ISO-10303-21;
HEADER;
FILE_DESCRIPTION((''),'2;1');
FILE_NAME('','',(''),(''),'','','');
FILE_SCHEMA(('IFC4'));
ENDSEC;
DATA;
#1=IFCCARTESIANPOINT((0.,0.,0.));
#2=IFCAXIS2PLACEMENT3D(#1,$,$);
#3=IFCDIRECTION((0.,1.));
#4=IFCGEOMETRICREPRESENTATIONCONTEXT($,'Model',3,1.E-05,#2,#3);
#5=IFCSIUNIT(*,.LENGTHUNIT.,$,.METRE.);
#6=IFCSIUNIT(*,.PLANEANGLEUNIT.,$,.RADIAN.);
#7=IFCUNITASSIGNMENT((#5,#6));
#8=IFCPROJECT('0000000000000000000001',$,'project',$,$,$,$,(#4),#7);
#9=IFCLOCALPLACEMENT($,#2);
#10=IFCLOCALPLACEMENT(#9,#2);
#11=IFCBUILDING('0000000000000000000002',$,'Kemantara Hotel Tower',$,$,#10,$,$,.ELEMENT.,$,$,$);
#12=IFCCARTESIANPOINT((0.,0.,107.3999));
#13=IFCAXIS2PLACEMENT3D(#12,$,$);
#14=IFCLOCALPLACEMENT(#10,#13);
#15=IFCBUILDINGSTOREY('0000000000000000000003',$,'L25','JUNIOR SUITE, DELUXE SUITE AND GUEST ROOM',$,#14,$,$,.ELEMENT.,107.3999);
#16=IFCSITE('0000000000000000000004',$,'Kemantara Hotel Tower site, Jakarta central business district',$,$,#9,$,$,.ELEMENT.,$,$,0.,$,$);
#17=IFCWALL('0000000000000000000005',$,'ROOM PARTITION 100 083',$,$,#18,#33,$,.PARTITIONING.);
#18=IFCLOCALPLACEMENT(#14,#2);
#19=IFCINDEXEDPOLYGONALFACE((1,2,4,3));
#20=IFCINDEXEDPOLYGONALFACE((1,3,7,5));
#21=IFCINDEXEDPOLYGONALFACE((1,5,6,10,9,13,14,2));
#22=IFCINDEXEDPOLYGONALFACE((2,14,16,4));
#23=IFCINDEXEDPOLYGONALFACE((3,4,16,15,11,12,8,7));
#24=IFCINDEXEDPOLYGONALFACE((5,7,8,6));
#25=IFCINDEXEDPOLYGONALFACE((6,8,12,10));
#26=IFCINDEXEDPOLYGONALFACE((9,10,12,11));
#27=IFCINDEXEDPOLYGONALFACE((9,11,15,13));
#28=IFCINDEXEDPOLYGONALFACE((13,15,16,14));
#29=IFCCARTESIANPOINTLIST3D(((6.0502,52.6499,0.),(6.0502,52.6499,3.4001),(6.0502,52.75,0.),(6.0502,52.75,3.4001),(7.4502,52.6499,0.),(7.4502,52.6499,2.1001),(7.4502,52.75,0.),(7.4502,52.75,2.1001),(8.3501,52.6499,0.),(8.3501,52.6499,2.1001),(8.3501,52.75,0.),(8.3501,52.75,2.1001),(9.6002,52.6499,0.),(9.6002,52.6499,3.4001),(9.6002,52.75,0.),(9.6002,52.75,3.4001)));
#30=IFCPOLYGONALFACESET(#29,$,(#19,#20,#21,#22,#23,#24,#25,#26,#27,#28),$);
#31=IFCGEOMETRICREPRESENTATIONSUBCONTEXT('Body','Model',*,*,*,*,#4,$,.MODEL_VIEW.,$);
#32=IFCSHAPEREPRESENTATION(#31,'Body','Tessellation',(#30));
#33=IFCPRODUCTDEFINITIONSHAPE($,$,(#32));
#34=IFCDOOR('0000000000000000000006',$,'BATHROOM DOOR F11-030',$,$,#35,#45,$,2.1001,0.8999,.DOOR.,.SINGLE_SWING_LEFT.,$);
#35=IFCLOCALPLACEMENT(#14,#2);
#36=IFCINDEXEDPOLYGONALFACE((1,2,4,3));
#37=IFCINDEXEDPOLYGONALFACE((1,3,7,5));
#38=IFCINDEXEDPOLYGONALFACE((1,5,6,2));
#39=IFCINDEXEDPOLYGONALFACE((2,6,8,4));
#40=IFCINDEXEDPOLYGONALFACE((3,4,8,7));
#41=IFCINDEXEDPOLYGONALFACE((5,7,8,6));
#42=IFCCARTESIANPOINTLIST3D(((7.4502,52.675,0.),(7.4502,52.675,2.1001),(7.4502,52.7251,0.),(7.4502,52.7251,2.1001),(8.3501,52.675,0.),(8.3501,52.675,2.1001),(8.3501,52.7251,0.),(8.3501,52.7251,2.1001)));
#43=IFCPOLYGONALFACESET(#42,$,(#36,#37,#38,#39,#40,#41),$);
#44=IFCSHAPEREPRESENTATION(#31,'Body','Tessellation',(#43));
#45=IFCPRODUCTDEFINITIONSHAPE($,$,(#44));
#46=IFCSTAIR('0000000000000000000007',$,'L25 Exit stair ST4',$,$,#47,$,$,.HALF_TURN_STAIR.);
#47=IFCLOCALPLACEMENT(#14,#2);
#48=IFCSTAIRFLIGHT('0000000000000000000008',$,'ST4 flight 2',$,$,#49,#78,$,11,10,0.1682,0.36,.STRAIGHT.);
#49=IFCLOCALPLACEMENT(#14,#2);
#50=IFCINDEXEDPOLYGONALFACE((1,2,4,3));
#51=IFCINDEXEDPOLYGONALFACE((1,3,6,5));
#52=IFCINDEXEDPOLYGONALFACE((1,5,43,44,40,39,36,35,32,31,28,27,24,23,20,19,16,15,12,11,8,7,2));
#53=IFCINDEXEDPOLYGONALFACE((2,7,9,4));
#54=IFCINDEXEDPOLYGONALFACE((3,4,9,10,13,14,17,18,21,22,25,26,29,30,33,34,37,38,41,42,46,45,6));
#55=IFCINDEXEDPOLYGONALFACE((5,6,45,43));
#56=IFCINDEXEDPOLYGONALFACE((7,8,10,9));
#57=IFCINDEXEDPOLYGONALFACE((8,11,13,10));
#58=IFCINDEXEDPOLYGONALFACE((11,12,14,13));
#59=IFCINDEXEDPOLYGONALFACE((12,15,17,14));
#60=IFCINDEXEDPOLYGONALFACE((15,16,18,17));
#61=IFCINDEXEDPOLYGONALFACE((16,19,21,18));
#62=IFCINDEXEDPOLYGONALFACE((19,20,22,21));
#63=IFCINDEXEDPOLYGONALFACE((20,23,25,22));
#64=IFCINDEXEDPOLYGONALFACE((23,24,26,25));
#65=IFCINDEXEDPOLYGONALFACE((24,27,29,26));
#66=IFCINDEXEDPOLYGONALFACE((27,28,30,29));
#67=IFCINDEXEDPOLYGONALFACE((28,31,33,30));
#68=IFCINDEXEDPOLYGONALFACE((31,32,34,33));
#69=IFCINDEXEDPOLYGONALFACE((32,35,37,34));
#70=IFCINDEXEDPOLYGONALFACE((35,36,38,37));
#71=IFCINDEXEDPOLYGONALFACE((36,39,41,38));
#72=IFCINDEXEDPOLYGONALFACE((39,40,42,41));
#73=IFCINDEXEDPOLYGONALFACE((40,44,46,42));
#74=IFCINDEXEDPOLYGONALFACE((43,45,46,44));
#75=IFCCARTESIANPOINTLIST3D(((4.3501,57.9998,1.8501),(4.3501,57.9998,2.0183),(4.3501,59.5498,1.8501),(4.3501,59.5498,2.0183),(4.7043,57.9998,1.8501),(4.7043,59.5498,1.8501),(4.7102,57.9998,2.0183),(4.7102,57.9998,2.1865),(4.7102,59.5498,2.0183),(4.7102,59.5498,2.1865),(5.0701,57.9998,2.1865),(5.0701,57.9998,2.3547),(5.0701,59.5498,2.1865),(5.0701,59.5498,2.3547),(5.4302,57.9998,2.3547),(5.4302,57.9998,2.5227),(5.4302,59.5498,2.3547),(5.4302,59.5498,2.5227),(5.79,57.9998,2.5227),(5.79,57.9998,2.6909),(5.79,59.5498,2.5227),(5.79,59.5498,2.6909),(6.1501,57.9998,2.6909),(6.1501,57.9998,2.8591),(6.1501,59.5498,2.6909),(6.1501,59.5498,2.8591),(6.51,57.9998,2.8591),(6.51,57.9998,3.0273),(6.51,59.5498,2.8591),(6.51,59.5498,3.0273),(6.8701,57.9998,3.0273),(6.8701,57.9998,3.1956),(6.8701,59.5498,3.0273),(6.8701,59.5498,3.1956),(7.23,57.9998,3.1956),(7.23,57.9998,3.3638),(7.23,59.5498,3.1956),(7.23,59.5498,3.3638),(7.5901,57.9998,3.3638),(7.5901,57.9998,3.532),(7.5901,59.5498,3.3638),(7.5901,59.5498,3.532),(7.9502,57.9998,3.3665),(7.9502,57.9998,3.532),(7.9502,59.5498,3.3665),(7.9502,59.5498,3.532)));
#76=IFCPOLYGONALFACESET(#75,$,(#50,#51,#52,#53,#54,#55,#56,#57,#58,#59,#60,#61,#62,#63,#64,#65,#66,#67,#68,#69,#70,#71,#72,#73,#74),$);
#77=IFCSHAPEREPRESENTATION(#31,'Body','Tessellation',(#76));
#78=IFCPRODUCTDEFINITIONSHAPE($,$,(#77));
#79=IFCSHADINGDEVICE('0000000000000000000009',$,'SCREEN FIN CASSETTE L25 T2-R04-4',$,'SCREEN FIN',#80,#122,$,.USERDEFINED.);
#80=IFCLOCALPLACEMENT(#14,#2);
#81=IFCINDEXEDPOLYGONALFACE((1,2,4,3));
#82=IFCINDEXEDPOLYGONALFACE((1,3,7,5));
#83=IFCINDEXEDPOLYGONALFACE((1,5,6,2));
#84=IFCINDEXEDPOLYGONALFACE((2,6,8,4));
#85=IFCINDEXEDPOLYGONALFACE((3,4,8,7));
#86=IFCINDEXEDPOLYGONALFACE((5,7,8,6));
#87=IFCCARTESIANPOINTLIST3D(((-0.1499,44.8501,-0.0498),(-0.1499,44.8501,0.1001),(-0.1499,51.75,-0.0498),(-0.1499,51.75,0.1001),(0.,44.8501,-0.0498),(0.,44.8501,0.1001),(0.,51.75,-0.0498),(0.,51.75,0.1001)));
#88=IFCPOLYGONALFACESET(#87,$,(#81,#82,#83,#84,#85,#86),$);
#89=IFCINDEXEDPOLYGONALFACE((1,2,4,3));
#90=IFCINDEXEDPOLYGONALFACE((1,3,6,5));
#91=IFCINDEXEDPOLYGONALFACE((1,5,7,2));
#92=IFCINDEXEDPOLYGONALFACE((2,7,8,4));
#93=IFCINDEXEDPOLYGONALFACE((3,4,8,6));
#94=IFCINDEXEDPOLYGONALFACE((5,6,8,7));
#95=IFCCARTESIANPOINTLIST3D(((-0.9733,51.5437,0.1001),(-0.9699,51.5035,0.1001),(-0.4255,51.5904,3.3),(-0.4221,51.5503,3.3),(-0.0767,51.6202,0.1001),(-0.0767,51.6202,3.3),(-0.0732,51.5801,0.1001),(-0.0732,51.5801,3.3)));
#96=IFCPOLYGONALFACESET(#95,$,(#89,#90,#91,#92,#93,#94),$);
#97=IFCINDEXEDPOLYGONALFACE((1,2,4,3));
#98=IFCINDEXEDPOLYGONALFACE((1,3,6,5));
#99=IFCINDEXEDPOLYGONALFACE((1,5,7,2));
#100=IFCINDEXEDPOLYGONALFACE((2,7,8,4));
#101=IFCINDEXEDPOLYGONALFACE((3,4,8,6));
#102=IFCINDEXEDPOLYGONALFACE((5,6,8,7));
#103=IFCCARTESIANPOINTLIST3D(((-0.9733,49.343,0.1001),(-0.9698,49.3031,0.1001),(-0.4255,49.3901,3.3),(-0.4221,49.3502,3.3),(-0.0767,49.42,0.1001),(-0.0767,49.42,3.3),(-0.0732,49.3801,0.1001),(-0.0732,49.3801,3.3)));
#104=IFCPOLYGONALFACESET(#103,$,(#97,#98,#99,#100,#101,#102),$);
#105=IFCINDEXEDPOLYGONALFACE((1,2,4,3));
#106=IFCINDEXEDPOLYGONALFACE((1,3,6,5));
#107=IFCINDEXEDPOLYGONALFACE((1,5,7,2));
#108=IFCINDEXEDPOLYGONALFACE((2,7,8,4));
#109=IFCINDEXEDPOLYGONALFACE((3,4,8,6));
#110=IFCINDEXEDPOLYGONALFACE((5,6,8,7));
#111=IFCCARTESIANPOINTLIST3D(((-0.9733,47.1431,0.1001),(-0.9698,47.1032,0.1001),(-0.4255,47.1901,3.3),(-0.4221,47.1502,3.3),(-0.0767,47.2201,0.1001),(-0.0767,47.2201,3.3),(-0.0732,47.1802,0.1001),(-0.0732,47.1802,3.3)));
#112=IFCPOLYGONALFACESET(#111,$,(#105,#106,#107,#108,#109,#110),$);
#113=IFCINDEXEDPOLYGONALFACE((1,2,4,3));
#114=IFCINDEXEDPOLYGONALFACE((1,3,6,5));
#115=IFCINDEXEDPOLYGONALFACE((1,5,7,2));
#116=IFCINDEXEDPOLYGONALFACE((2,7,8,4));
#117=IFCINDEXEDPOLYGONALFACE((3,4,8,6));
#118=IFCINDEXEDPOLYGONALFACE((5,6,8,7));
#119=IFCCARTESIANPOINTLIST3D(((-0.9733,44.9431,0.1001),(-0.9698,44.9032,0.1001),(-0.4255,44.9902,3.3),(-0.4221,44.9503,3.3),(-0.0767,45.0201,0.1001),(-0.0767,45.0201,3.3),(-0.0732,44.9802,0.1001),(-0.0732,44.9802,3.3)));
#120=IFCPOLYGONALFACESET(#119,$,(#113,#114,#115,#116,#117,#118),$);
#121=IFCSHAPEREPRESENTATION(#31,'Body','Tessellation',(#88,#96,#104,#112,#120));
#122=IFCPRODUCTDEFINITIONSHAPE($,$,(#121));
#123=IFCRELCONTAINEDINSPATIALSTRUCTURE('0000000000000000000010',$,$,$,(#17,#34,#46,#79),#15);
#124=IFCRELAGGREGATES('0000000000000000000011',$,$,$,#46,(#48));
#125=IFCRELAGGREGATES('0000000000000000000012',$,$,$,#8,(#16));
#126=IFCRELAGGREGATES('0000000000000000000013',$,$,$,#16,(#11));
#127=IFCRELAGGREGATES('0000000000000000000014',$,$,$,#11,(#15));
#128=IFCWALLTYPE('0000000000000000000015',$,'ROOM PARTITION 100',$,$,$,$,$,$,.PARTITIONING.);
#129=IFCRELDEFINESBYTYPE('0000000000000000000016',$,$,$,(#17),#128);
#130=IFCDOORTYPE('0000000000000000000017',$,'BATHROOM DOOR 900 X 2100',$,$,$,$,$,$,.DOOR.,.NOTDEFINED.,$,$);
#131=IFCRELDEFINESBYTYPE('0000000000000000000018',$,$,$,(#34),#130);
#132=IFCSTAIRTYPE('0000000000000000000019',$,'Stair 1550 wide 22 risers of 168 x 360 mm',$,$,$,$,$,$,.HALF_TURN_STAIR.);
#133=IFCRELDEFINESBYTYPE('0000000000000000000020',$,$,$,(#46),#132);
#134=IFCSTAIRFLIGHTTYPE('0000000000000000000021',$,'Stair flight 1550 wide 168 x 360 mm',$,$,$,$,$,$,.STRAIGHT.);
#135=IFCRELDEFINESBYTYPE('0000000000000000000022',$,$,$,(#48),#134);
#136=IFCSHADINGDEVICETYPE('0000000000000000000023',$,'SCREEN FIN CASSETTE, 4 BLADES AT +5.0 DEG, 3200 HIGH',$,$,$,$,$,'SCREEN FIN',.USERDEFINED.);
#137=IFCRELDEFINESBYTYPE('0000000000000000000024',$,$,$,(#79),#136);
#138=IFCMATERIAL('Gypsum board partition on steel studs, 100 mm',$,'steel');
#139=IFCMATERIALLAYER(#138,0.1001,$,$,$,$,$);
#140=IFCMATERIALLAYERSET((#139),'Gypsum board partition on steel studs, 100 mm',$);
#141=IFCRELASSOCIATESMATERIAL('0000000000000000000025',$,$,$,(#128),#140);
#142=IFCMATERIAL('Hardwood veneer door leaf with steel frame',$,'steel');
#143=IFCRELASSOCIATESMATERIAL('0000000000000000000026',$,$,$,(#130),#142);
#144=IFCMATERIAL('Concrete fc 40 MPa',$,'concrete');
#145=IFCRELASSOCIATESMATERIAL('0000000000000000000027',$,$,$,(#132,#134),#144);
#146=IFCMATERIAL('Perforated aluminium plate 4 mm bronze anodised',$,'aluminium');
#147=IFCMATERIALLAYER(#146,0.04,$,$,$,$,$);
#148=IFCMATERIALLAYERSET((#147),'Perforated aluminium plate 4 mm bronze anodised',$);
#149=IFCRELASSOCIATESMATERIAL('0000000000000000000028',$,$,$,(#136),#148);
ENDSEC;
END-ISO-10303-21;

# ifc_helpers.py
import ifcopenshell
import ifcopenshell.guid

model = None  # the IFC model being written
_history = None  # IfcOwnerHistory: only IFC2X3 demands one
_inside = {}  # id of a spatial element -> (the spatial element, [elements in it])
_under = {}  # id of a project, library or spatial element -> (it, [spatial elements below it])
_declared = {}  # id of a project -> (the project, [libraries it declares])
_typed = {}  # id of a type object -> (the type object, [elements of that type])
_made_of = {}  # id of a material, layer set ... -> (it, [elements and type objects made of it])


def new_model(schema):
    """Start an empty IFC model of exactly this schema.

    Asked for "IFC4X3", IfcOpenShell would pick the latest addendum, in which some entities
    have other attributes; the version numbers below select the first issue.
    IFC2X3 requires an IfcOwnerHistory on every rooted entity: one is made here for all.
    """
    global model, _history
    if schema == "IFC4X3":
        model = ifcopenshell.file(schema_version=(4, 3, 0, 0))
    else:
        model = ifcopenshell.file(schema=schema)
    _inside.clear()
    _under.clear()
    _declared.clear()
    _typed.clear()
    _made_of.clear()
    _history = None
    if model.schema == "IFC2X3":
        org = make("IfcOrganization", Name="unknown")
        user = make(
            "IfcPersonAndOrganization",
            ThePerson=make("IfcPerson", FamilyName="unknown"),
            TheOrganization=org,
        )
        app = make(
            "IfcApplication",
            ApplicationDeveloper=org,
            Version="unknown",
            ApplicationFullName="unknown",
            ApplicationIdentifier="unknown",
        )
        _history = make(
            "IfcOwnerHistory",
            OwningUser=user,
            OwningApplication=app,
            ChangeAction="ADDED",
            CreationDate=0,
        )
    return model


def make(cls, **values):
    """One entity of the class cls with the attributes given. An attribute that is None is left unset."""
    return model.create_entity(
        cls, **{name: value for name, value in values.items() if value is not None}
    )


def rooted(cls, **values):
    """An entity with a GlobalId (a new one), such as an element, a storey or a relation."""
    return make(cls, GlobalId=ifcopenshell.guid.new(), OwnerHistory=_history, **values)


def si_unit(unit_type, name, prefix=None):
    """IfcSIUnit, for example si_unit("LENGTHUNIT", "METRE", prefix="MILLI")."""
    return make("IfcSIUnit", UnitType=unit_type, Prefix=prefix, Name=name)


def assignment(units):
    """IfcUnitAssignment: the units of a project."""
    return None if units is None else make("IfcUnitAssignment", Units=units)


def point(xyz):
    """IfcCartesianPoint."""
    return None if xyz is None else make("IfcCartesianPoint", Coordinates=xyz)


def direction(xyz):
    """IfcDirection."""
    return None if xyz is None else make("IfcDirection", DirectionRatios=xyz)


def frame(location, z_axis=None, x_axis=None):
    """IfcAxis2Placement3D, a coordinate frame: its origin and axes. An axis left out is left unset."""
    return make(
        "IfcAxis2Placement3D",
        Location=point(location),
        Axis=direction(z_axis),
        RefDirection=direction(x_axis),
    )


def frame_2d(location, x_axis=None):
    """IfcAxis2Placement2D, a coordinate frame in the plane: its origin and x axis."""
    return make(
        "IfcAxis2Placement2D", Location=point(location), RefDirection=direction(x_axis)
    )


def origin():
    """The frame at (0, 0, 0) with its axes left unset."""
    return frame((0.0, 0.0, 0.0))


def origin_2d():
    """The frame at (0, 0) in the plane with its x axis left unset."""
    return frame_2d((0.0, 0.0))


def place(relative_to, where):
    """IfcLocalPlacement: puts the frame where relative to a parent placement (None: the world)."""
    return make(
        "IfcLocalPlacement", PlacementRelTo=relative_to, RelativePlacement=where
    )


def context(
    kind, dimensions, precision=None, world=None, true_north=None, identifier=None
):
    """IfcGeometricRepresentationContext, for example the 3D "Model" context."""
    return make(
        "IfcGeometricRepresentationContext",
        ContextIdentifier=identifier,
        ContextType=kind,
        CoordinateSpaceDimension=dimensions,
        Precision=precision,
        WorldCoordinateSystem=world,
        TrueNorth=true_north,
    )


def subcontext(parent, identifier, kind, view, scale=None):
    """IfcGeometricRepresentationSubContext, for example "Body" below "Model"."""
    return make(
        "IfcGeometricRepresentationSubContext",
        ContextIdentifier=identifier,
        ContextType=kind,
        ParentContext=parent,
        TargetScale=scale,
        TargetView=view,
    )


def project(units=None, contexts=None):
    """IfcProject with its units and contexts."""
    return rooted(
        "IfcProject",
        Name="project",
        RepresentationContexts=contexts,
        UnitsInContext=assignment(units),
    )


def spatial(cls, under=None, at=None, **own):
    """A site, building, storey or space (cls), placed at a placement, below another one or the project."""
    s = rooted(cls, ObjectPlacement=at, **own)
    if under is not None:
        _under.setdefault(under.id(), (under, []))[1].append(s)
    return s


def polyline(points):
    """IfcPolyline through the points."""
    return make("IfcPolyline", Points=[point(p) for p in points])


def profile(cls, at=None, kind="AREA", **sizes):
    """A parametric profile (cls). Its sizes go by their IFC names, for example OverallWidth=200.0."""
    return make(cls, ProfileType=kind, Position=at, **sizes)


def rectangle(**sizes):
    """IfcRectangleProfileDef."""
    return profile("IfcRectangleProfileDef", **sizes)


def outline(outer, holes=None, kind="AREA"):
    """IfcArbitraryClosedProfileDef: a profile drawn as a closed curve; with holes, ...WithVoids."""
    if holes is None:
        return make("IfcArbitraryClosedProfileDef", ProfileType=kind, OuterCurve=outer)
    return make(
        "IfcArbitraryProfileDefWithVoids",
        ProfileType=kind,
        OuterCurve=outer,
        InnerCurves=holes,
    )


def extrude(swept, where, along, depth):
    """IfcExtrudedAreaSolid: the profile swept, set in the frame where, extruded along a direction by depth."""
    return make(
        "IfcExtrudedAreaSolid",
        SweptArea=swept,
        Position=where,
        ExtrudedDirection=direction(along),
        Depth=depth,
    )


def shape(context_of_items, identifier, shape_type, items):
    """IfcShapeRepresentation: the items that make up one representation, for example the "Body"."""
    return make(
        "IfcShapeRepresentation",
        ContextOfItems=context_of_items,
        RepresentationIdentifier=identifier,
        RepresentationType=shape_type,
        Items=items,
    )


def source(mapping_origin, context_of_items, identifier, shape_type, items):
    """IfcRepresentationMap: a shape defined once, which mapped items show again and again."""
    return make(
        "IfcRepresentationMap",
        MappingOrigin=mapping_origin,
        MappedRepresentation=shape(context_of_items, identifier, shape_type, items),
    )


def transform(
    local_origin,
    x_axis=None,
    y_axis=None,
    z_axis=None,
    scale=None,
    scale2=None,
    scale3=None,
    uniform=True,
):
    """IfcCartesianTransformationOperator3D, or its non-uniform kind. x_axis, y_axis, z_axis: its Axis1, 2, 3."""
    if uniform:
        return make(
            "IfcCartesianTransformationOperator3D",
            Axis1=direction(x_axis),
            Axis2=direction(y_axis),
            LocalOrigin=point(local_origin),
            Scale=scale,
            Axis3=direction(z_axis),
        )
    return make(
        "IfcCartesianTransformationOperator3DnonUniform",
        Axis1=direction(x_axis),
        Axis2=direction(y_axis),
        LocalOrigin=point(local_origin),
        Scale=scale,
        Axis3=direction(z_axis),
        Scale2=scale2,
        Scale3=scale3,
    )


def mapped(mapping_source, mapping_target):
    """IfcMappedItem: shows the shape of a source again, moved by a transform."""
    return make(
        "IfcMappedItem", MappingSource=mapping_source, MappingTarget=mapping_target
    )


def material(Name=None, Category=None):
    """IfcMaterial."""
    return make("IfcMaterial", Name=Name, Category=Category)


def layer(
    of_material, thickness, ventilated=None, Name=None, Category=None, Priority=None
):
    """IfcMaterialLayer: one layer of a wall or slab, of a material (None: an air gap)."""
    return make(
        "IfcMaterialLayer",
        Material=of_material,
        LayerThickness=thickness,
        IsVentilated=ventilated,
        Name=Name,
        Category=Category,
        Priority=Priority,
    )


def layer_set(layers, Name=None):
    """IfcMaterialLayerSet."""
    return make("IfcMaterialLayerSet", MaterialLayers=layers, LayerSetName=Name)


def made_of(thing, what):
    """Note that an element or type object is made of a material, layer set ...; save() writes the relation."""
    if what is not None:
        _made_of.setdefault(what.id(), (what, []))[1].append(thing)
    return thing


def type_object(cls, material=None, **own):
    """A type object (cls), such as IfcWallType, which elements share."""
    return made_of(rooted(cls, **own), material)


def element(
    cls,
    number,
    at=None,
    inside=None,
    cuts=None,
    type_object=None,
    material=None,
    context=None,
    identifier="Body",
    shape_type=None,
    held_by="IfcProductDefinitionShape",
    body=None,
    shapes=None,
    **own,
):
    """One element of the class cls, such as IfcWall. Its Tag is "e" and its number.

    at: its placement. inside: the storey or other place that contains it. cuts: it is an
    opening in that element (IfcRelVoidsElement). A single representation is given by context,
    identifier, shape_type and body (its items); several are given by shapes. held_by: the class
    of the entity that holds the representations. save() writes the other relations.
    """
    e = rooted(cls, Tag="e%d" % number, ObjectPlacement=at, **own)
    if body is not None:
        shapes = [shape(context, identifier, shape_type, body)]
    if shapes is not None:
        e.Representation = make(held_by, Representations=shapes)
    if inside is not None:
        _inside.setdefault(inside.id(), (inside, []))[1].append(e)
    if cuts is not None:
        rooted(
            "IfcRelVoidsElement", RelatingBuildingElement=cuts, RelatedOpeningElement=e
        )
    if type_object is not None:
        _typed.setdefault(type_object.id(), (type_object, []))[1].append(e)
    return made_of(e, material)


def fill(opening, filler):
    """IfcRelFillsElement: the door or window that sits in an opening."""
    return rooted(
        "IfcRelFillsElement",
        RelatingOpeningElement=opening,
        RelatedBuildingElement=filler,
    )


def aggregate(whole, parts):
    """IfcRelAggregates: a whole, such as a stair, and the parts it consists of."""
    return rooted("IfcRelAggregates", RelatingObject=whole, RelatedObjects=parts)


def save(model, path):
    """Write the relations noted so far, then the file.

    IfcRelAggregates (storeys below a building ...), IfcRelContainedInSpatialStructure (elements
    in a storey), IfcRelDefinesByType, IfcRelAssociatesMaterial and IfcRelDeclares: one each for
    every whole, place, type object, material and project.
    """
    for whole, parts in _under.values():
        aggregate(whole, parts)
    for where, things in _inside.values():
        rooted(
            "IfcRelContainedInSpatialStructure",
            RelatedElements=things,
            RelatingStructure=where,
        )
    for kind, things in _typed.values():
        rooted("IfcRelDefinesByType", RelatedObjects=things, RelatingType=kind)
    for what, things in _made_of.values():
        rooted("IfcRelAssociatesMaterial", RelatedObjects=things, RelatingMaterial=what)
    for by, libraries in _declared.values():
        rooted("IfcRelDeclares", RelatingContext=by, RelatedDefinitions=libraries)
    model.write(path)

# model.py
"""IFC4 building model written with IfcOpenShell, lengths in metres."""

from ifc_helpers import new_model, si_unit, direction, frame, frame_2d, origin, origin_2d, place, context, subcontext, project, spatial, polyline, rectangle, outline, extrude, source, transform, mapped, material, layer, layer_set, type_object, element, fill, aggregate, save


model = new_model("IFC4")

# Units and contexts
model_context = context("Model", 3, precision=1e-05, world=origin(), true_north=direction((0.0, 1.0)))
body_context = subcontext(model_context, "Body", "Model", "MODEL_VIEW")
ifc_project = project(units=[si_unit("LENGTHUNIT", "METRE"), si_unit("PLANEANGLEUNIT", "RADIAN")], contexts=[model_context])

# Site, building, storey
site_placement = place(None, origin())
site = spatial("IfcSite", under=ifc_project, at=site_placement, Name="Kemantara Hotel Tower site, Jakarta central business district", CompositionType="ELEMENT", RefElevation=0.0)
building_placement = place(site_placement, origin())
building = spatial("IfcBuilding", under=site, at=building_placement, Name="Kemantara Hotel Tower", CompositionType="ELEMENT")
storey_placement = place(building_placement, frame((0.0, 0.0, 107.3999)))
storey = spatial("IfcBuildingStorey", under=building, at=storey_placement, Name="L25", Description="JUNIOR SUITE, DELUXE SUITE AND GUEST ROOM", CompositionType="ELEMENT", Elevation=107.3999)

# Shared definitions
ifc_material_1 = material(Name="Hardwood veneer door leaf with steel frame", Category="steel")
ifc_material_2 = material(Name="Concrete fc 40 MPa", Category="concrete")

# Shared definitions
ifc_material_3 = material(Name="Gypsum board partition on steel studs, 100 mm", Category="steel")
ifc_layer_1 = layer(ifc_material_3, 0.1001)
ifc_layer_set_1 = layer_set([ifc_layer_1], Name="Gypsum board partition on steel studs, 100 mm")
wall_type_1 = type_object("IfcWallType", Name="ROOM PARTITION 100", PredefinedType="PARTITIONING", material=ifc_layer_set_1)

# Wall, opening, door
wall_1_placement = place(storey_placement, frame((9.6001, 52.7, 0.0), z_axis=(0.0, 0.0, 1.0), x_axis=(-1.0, 0.0, 0.0)))
wall_1 = element("IfcWall", 1, at=wall_1_placement, inside=storey, type_object=wall_type_1, Name="ROOM PARTITION 100 083", PredefinedType="PARTITIONING", context=body_context, shape_type="SweptSolid", body=[
    extrude(rectangle(XDim=3.55, YDim=0.1001, at=frame_2d((1.7749, 0.0))), origin(), (0.0, 0.0, 1.0), 3.4001),
])
opening_1_placement = place(wall_1_placement, frame((1.25, 0.0, 0.0)))
opening_1 = element("IfcOpeningElement", 2, at=opening_1_placement, cuts=wall_1, PredefinedType="OPENING", context=body_context, shape_type="SweptSolid", body=[
    extrude(rectangle(XDim=0.8999, YDim=2.1001, at=frame_2d((0.45, 1.05))), frame((0.0, 0.0601, 0.0), z_axis=(0.0, -1.0, 0.0), x_axis=(1.0, 0.0, 0.0)), (0.0, 0.0, 1.0), 0.1201),
])
door_type_1 = type_object("IfcDoorType", Name="BATHROOM DOOR 900 X 2100", OperationType="NOTDEFINED", PredefinedType="DOOR", material=ifc_material_1)
door_1_placement = place(opening_1_placement, origin())
door_1 = element("IfcDoor", 3, at=door_1_placement, inside=storey, type_object=door_type_1, Name="BATHROOM DOOR F11-030", OperationType="SINGLE_SWING_LEFT", OverallHeight=2.1001, OverallWidth=0.8999, PredefinedType="DOOR", context=body_context, shape_type="SweptSolid", body=[
    extrude(rectangle(XDim=0.8999, YDim=2.1001, at=frame_2d((0.45, 1.05))), frame((0.0, 0.0249, 0.0), z_axis=(0.0, -1.0, 0.0), x_axis=(1.0, 0.0, 0.0)), (0.0, 0.0, 1.0), 0.05),
])
fill(opening_1, door_1)

# Stair, stair flight
stair_type = type_object("IfcStairType", Name="Stair 1550 wide 22 risers of 168 x 360 mm", PredefinedType="HALF_TURN_STAIR", material=ifc_material_2)
stair_placement = place(storey_placement, origin())
stair = element("IfcStair", 4, at=stair_placement, inside=storey, type_object=stair_type, Name="L25 Exit stair ST4", PredefinedType="HALF_TURN_STAIR")
stair_flight_type = type_object("IfcStairFlightType", Name="Stair flight 1550 wide 168 x 360 mm", PredefinedType="STRAIGHT", material=ifc_material_2)
stair_flight_placement = place(storey_placement, frame((4.3501, 58.7749, 1.8501), z_axis=(0.0, 0.0, 1.0), x_axis=(1.0, 0.0, 0.0)))
stair_flight = element("IfcStairFlight", 5, at=stair_flight_placement, type_object=stair_flight_type, Name="ST4 flight 2", NumberOfRisers=11, NumberOfTreads=10, PredefinedType="STRAIGHT", RiserHeight=0.1682, TreadLength=0.36, context=body_context, shape_type="SweptSolid", body=[
    extrude(outline(polyline([(0.0, 0.0), (0.0, 0.1682), (0.3601, 0.1682), (0.3601, 0.3364), (0.72, 0.3364), (0.72, 0.5046), (1.0801, 0.5046), (1.0801, 0.6726), (1.4399, 0.6726), (1.4399, 0.8408), (1.8, 0.8408), (1.8, 1.009), (2.1599, 1.009), (2.1599, 1.1772), (2.52, 1.1772), (2.52, 1.3455), (2.8799, 1.3455), (2.8799, 1.5137), (3.24, 1.5137), (3.24, 1.6819), (3.6001, 1.6819), (3.6001, 1.8501), (3.6001, 1.5164), (0.3542, 0.0), (0.0, 0.0)])), frame((0.0, 0.7749, 0.0), z_axis=(0.0, -1.0, 0.0), x_axis=(1.0, 0.0, 0.0)), (0.0, 0.0, 1.0), 1.55),
])
aggregate(stair, [stair_flight])

# Shading device
ifc_material_4 = material(Name="Perforated aluminium plate 4 mm bronze anodised", Category="aluminium")
ifc_layer_2 = layer(ifc_material_4, 0.04)
ifc_layer_set_2 = layer_set([ifc_layer_2], Name="Perforated aluminium plate 4 mm bronze anodised")
shading_device_type = type_object("IfcShadingDeviceType", Name="SCREEN FIN CASSETTE, 4 BLADES AT +5.0 DEG, 3200 HIGH", ElementType="SCREEN FIN", PredefinedType="USERDEFINED", material=ifc_layer_set_2)
shared_shape = source(origin(), body_context, "Body", "SweptSolid", [
    extrude(rectangle(XDim=6.8999, YDim=0.1499, at=origin_2d()), frame((3.3, -0.075, -0.1499), z_axis=(0.0, 0.0, 1.0), x_axis=(1.0, 0.0, 0.0)), (0.0, 0.0, 1.0), 0.1499),
    extrude(outline(polyline([(0.0, 0.0), (0.8999, 0.0), (0.3501, 3.2), (0.0, 3.2), (0.0, 0.0)])), frame((0.02, -0.0732, 0.0), z_axis=(-0.996376, -0.085056, 0.0), x_axis=(0.085056, -0.996376, 0.0)), (0.0, 0.0, 1.0), 0.0403),
    extrude(outline(polyline([(0.0, 0.0), (0.8999, 0.0), (0.3501, 3.2), (0.0, 3.2), (0.0, 0.0)])), frame((2.22, -0.0732, 0.0), z_axis=(-0.996332, -0.085575, 0.0), x_axis=(0.085575, -0.996332, 0.0)), (0.0, 0.0, 1.0), 0.04),
    extrude(outline(polyline([(0.0, 0.0), (0.8999, 0.0), (0.3501, 3.2), (0.0, 3.2), (0.0, 0.0)])), frame((4.4199, -0.0732, 0.0), z_axis=(-0.996332, -0.085575, 0.0), x_axis=(0.085575, -0.996332, 0.0)), (0.0, 0.0, 1.0), 0.04),
    extrude(outline(polyline([(0.0, 0.0), (0.8999, 0.0), (0.3501, 3.2), (0.0, 3.2), (0.0, 0.0)])), frame((6.6199, -0.0732, 0.0), z_axis=(-0.996332, -0.085575, 0.0), x_axis=(0.085575, -0.996332, 0.0)), (0.0, 0.0, 1.0), 0.04),
])
shading_device_placement = place(storey_placement, frame((0.0, 51.6001, 0.1001), z_axis=(0.0, 0.0, 1.0), x_axis=(0.0, -1.0, 0.0)))
element("IfcShadingDevice", 6, at=shading_device_placement, inside=storey, type_object=shading_device_type, Name="SCREEN FIN CASSETTE L25 T2-R04-4", ObjectType="SCREEN FIN", PredefinedType="USERDEFINED", context=body_context, shape_type="MappedRepresentation", body=[
    mapped(shared_shape, transform((0.0, 0.0, 0.0))),
])

save(model, "model.ifc")
